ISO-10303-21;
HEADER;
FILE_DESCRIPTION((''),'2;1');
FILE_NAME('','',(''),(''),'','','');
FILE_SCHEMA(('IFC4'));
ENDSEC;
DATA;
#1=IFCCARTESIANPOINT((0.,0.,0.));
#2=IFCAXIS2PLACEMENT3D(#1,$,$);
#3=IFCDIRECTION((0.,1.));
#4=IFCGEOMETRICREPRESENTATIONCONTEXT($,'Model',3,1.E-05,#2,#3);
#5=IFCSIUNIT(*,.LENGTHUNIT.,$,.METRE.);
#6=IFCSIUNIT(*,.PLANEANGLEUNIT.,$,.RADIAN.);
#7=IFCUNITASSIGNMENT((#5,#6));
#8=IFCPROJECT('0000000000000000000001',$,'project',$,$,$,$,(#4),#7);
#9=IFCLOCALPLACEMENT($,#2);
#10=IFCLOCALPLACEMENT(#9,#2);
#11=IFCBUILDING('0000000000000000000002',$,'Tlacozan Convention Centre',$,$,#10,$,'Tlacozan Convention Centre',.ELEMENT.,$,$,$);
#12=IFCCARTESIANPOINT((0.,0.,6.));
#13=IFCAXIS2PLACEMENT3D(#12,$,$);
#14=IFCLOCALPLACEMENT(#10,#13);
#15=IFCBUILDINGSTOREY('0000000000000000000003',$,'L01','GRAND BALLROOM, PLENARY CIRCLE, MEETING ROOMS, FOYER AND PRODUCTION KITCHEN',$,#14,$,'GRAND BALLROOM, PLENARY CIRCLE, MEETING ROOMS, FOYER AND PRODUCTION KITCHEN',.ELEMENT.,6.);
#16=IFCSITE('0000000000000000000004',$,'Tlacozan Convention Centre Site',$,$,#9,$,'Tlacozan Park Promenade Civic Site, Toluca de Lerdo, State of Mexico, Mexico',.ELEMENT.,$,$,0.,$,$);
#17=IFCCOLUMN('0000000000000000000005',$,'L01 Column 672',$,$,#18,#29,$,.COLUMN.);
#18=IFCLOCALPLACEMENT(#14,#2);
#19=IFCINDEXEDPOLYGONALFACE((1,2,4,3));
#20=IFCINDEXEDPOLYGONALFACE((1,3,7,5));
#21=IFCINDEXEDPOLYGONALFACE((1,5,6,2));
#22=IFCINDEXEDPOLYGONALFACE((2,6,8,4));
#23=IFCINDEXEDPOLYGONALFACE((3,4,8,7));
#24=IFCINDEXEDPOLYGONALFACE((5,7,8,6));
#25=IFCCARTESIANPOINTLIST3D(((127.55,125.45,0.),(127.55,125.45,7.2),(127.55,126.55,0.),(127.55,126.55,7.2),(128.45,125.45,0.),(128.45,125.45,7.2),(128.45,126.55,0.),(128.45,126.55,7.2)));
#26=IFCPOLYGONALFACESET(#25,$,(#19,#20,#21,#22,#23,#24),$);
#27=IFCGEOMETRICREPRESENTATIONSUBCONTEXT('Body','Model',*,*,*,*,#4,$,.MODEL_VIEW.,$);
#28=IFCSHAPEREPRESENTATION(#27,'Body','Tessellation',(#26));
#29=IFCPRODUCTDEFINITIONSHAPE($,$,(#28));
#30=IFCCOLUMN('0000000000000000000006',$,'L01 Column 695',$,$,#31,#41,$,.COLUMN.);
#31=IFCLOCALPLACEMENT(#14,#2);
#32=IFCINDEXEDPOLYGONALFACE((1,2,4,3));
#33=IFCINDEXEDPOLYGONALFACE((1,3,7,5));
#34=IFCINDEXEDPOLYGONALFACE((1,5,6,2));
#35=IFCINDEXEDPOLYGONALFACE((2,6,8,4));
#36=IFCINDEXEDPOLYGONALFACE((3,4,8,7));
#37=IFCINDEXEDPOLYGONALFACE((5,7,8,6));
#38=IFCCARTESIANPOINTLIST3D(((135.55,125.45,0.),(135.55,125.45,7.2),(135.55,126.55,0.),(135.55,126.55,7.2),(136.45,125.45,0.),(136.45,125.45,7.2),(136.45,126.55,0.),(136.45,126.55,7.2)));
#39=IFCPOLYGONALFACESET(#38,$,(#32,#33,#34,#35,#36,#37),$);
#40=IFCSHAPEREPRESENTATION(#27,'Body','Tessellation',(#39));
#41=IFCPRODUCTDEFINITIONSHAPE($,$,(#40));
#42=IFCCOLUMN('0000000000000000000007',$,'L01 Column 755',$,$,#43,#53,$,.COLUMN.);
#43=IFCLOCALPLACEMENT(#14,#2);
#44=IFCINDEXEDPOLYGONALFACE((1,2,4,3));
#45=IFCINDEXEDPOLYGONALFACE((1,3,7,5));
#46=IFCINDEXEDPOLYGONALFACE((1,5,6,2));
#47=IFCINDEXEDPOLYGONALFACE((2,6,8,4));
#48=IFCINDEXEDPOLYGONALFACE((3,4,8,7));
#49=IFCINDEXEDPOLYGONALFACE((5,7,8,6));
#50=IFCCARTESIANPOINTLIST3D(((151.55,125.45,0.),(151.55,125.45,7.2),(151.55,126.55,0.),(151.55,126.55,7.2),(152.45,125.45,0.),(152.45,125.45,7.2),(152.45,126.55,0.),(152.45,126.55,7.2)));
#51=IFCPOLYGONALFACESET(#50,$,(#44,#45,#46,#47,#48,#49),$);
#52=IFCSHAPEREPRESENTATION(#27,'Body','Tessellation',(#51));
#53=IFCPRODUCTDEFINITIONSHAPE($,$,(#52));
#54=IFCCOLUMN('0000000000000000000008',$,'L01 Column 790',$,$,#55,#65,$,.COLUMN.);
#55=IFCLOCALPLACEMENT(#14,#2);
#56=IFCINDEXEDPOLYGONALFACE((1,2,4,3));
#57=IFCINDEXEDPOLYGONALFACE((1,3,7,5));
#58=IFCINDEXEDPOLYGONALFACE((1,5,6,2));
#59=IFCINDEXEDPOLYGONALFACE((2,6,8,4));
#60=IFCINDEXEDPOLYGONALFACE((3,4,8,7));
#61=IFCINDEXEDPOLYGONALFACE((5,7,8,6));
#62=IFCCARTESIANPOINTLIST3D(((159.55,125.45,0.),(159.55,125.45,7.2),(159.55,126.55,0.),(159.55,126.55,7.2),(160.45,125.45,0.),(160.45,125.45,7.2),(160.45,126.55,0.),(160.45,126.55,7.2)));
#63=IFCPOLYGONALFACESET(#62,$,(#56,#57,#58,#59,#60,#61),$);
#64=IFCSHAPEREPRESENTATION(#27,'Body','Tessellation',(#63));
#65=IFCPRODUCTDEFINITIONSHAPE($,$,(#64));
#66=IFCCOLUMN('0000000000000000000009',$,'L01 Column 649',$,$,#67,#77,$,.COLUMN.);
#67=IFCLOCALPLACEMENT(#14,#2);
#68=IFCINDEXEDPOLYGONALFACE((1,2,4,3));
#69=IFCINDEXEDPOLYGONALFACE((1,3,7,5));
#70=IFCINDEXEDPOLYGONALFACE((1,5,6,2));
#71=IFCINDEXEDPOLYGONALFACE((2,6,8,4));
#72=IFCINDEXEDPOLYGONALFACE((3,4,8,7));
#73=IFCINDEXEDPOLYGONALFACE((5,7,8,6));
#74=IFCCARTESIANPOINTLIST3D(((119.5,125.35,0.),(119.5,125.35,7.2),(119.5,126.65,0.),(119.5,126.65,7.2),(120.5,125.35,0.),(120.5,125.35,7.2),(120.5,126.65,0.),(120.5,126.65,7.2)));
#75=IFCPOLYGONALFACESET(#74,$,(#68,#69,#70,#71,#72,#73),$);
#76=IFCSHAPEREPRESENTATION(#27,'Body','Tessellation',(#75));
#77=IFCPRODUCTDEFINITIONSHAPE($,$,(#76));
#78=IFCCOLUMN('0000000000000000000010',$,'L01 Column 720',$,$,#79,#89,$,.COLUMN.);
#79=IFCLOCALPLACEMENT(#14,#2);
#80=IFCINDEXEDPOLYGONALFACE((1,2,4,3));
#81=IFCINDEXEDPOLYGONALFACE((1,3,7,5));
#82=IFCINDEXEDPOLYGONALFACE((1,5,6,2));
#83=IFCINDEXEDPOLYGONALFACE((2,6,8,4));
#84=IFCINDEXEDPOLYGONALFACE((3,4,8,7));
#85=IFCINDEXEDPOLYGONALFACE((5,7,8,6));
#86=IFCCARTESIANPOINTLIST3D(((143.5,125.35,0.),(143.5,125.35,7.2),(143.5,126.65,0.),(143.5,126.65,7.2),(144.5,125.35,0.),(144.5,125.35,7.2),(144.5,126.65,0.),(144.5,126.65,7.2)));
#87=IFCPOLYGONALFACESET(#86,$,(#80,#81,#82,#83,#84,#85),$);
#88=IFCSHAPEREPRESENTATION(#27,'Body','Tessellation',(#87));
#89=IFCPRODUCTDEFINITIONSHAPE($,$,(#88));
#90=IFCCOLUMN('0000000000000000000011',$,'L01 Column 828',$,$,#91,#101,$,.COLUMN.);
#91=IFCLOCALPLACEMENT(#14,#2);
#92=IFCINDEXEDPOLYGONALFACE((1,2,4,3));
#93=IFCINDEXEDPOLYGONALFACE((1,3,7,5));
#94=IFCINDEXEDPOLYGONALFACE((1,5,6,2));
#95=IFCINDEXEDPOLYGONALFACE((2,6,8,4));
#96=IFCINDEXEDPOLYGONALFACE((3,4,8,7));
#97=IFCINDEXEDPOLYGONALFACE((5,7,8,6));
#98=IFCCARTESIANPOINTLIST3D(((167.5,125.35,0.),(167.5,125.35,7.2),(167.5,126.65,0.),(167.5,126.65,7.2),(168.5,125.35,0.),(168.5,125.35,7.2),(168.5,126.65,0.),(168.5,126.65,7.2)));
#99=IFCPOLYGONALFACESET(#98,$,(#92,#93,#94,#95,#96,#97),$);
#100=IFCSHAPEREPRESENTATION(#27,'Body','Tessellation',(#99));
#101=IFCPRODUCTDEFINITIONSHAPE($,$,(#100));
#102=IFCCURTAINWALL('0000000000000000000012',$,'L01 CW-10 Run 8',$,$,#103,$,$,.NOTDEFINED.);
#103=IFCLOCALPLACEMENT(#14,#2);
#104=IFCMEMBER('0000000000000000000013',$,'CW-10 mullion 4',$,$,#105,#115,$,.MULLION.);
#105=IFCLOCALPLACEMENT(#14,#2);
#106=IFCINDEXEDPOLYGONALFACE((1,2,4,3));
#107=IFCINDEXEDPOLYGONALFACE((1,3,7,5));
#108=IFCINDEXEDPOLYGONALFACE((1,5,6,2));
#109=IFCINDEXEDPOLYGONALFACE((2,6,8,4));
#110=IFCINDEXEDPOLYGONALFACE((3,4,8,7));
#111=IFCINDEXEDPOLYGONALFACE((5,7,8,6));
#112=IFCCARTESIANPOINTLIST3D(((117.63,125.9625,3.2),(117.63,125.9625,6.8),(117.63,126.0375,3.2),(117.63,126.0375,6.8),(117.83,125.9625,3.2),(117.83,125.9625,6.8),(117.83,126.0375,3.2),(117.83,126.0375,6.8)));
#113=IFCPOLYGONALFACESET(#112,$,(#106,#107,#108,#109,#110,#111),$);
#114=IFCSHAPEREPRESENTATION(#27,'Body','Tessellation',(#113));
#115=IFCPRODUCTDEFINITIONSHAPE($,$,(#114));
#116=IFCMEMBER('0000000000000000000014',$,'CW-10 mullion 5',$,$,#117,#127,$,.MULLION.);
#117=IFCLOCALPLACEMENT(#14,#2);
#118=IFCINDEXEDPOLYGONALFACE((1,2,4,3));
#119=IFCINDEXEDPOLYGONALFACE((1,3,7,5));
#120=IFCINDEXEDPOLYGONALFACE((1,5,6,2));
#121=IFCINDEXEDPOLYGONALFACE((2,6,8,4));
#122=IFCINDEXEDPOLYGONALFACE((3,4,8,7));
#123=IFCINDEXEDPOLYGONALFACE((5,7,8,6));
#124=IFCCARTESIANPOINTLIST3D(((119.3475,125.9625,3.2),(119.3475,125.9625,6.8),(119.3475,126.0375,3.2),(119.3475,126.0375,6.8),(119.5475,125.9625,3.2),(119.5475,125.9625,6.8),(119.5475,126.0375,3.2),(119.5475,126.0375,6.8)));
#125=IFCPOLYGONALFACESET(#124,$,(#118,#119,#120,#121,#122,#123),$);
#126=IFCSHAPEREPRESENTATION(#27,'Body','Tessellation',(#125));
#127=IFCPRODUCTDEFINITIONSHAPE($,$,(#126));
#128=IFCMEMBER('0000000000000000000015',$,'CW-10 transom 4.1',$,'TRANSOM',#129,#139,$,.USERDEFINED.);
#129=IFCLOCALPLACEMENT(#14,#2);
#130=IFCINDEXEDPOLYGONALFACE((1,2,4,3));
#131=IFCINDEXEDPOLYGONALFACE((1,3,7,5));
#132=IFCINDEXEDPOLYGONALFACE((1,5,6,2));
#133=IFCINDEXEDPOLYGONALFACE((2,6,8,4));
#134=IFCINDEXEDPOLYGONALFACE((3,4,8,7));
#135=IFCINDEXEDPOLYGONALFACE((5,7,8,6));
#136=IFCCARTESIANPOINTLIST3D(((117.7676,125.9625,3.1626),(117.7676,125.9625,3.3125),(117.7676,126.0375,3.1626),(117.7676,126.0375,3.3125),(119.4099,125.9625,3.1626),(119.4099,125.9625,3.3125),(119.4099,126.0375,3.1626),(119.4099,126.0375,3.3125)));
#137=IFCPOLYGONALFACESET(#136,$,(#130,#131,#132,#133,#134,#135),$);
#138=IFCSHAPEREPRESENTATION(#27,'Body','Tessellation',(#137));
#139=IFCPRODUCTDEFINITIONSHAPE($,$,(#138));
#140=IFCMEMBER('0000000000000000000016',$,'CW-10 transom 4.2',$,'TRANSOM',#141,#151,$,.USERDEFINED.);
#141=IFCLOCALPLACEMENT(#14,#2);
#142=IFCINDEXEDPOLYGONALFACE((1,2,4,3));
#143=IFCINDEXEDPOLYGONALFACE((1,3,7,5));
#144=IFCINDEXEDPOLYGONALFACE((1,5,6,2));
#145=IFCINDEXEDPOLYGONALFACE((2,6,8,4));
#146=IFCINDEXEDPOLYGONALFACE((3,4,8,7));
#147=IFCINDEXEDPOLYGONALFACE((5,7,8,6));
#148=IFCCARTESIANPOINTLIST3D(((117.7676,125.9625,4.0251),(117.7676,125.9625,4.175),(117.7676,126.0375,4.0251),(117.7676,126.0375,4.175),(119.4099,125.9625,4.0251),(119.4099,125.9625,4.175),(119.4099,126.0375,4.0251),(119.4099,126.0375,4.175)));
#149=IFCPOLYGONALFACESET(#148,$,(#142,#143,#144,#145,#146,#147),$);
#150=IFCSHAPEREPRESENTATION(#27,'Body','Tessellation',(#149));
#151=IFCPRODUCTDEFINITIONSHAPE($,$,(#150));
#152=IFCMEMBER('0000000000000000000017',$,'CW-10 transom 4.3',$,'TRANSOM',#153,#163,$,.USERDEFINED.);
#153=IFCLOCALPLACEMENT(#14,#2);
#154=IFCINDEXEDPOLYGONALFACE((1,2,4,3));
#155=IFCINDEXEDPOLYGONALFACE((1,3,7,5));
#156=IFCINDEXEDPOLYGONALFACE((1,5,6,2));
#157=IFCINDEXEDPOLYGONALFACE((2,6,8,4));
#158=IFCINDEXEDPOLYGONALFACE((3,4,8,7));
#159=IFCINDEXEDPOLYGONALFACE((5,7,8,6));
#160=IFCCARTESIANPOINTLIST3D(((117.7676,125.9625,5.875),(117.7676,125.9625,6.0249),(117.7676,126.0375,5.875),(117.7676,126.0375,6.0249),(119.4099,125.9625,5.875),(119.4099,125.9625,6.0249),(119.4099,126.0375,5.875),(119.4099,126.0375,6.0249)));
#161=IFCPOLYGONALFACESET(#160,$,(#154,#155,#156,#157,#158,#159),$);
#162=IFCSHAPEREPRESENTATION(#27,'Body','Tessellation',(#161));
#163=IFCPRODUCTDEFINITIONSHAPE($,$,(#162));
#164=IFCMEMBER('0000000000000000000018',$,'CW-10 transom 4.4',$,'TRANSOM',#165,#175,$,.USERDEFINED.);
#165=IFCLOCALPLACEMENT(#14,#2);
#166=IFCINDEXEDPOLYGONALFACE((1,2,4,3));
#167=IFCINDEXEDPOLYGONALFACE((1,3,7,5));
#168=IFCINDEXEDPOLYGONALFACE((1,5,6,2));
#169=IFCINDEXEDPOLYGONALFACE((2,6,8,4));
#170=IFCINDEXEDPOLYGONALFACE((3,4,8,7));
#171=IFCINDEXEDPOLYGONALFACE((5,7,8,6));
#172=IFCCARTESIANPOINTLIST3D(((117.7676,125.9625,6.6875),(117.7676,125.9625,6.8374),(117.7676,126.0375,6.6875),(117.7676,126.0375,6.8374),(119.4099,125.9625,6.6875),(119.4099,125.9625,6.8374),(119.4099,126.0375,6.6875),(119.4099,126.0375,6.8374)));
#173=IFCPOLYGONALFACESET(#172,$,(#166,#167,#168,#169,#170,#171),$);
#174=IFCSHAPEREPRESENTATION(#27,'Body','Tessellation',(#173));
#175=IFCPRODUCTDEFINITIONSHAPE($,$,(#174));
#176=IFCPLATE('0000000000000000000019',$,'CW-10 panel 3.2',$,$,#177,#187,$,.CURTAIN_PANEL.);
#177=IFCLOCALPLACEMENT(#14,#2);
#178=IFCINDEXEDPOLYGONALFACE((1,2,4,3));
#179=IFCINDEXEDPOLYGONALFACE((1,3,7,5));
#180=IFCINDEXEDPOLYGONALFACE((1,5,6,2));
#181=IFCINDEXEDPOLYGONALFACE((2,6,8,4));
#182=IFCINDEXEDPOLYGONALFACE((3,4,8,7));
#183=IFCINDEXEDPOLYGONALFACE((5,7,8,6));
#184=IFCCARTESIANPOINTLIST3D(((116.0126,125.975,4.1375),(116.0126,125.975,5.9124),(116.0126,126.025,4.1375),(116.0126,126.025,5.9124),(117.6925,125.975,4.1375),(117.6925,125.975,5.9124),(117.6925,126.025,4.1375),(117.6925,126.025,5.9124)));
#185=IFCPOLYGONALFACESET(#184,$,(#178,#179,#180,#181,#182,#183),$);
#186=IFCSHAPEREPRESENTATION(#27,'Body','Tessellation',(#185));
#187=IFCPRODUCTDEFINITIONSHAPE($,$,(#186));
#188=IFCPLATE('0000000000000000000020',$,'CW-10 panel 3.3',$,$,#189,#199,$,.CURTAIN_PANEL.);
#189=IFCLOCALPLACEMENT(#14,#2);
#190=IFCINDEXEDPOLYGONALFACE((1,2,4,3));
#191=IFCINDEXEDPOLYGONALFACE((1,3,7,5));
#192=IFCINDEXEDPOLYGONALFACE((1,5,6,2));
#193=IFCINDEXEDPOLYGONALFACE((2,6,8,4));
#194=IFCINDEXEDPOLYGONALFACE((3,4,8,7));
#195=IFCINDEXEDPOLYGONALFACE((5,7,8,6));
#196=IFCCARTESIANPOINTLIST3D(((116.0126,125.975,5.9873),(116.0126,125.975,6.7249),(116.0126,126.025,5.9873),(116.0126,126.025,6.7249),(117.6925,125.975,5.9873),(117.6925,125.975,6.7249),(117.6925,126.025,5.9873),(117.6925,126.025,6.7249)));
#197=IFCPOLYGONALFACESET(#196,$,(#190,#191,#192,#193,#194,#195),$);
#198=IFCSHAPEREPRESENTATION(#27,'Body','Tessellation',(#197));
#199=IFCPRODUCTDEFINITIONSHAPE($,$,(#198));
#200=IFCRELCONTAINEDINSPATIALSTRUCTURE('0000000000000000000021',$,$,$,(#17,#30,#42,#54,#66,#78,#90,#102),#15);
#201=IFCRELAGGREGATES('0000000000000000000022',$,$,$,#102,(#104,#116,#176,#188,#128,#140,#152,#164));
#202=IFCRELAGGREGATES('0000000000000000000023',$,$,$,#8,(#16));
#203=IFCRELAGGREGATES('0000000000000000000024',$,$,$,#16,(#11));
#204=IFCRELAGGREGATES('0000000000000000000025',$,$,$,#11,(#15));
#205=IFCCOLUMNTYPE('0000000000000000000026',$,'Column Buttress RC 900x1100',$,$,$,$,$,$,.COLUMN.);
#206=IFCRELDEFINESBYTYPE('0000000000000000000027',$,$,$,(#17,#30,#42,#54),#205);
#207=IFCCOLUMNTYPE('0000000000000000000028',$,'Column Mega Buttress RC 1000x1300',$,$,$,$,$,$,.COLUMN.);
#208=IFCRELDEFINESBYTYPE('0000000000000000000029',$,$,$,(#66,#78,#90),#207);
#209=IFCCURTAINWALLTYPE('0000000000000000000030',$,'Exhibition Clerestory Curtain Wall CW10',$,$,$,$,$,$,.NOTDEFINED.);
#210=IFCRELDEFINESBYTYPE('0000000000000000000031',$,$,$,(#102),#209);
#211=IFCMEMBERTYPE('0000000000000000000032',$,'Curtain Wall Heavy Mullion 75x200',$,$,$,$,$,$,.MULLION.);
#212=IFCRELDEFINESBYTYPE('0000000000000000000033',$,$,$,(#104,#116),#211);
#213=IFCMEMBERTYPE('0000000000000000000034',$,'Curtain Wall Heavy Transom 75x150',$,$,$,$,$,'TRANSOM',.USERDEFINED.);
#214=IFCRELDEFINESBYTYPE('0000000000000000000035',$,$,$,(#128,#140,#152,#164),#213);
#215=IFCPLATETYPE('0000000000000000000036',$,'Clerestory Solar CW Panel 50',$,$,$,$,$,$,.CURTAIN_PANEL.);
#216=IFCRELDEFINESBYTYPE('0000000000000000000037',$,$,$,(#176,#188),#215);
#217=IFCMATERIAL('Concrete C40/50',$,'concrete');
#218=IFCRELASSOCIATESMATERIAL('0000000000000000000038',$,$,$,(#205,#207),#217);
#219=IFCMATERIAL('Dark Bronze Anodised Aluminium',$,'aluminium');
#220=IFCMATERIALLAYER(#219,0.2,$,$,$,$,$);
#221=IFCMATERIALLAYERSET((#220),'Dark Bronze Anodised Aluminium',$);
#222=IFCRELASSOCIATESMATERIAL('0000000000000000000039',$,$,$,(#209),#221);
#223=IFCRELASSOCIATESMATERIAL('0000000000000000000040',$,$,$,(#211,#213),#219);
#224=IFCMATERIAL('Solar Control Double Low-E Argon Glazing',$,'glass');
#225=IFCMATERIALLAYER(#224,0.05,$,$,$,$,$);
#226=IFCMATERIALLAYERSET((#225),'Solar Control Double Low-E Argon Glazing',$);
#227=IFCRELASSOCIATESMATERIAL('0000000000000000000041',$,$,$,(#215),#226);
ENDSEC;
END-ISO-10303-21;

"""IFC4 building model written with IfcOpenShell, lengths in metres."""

from ifc_helpers import new_model, si_unit, direction, frame, origin, origin_2d, place, context, subcontext, project, spatial, rectangle, extrude, material, layer, layer_set, material_profile, profile_set, type_object, element, aggregate, save


model = new_model("IFC4")

# Units and contexts
model_context = context("Model", 3, precision=1e-05, world=origin(), true_north=direction((0.0, 1.0)))
body_context = subcontext(model_context, "Body", "Model", "MODEL_VIEW")
ifc_project = project(units=[si_unit("LENGTHUNIT", "METRE"), si_unit("PLANEANGLEUNIT", "RADIAN")], contexts=[model_context])

# Site, building, storey
site_placement = place(None, origin())
site = spatial("IfcSite", under=ifc_project, at=site_placement, Name="Tlacozan Convention Centre Site", LongName="Tlacozan Park Promenade Civic Site, Toluca de Lerdo, State of Mexico, Mexico", CompositionType="ELEMENT", RefElevation=0.0)
building_placement = place(site_placement, origin())
building = spatial("IfcBuilding", under=site, at=building_placement, Name="Tlacozan Convention Centre", LongName="Tlacozan Convention Centre", CompositionType="ELEMENT")
storey_placement = place(building_placement, frame((0.0, 0.0, 6.0)))
storey = spatial("IfcBuildingStorey", under=building, at=storey_placement, Name="L01", Description="GRAND BALLROOM, PLENARY CIRCLE, MEETING ROOMS, FOYER AND PRODUCTION KITCHEN", LongName="GRAND BALLROOM, PLENARY CIRCLE, MEETING ROOMS, FOYER AND PRODUCTION KITCHEN", CompositionType="ELEMENT", Elevation=6.0)

# Columns
ifc_material_1 = material(Name="Concrete C40/50", Category="concrete")
ifc_material_profile_1 = material_profile(ifc_material_1, rectangle(XDim=0.8999, YDim=1.1001, at=origin_2d()), Name="RC 900x1100")
ifc_profile_set_1 = profile_set([ifc_material_profile_1], Name="Concrete C40/50")
column_type_1 = type_object("IfcColumnType", Name="Column Buttress RC 900x1100", PredefinedType="COLUMN", material=ifc_profile_set_1)
for number, where, z_axis, x_axis, name in (
    (1, (128.0, 126.0, 0.0), (0.0, 0.0, 1.0), (1.0, 0.0, 0.0), "L01 Column 672"),
    (2, (136.0, 126.0, 0.0), (0.0, 0.0, 1.0), (1.0, 0.0, 0.0), "L01 Column 695"),
    (3, (152.0, 126.0, 0.0), (0.0, 0.0, 1.0), (1.0, 0.0, 0.0), "L01 Column 755"),
    (4, (160.0, 126.0, 0.0), (0.0, 0.0, 1.0), (1.0, 0.0, 0.0), "L01 Column 790"),
):
    element("IfcColumn", number, at=place(storey_placement, frame(where, z_axis=z_axis, x_axis=x_axis)), inside=storey, type_object=column_type_1, Name=name, PredefinedType="COLUMN", context=body_context, shape_type="SweptSolid", body=[
        extrude(rectangle(XDim=0.8999, YDim=1.1001, at=origin_2d()), origin(), (0.0, 0.0, 1.0), 7.2),
    ])
ifc_material_profile_2 = material_profile(ifc_material_1, rectangle(XDim=1.0, YDim=1.3, at=origin_2d()), Name="RC 1000x1300")
ifc_profile_set_2 = profile_set([ifc_material_profile_2], Name="Concrete C40/50")
column_type_2 = type_object("IfcColumnType", Name="Column Mega Buttress RC 1000x1300", PredefinedType="COLUMN", material=ifc_profile_set_2)
for number, where, z_axis, x_axis, name in (
    (5, (120.0, 126.0, 0.0), (0.0, 0.0, 1.0), (1.0, 0.0, 0.0), "L01 Column 649"),
    (6, (144.0, 126.0, 0.0), (0.0, 0.0, 1.0), (1.0, 0.0, 0.0), "L01 Column 720"),
    (7, (168.0, 126.0, 0.0), (0.0, 0.0, 1.0), (1.0, 0.0, 0.0), "L01 Column 828"),
):
    element("IfcColumn", number, at=place(storey_placement, frame(where, z_axis=z_axis, x_axis=x_axis)), inside=storey, type_object=column_type_2, Name=name, PredefinedType="COLUMN", context=body_context, shape_type="SweptSolid", body=[
        extrude(rectangle(XDim=1.0, YDim=1.3, at=origin_2d()), origin(), (0.0, 0.0, 1.0), 7.2),
    ])

# Curtain wall, members, plates
ifc_material_2 = material(Name="Dark Bronze Anodised Aluminium", Category="aluminium")
ifc_layer_1 = layer(ifc_material_2, 0.2)
ifc_layer_set_1 = layer_set([ifc_layer_1], Name="Dark Bronze Anodised Aluminium")
curtain_wall_type = type_object("IfcCurtainWallType", Name="Exhibition Clerestory Curtain Wall CW10", PredefinedType="NOTDEFINED", material=ifc_layer_set_1)
curtain_wall_placement = place(storey_placement, origin())
curtain_wall = element("IfcCurtainWall", 8, at=curtain_wall_placement, inside=storey, type_object=curtain_wall_type, Name="L01 CW-10 Run 8", PredefinedType="NOTDEFINED")
ifc_material_profile_3 = material_profile(ifc_material_2, rectangle(XDim=0.075, YDim=0.2, at=origin_2d()), Name="ALU 75x200")
ifc_profile_set_3 = profile_set([ifc_material_profile_3], Name="Dark Bronze Anodised Aluminium")
member_type_1 = type_object("IfcMemberType", Name="Curtain Wall Heavy Mullion 75x200", PredefinedType="MULLION", material=ifc_profile_set_3)
member_1_placement = place(storey_placement, frame((117.73, 126.0, 3.2), z_axis=(0.0, 0.0, 1.0), x_axis=(0.0, 1.0, 0.0)))
member_1 = element("IfcMember", 9, at=member_1_placement, type_object=member_type_1, Name="CW-10 mullion 4", PredefinedType="MULLION", context=body_context, shape_type="SweptSolid", body=[
    extrude(rectangle(XDim=0.075, YDim=0.2, at=origin_2d()), origin(), (0.0, 0.0, 1.0), 3.6001),
])
member_2_placement = place(storey_placement, frame((119.4475, 126.0, 3.2), z_axis=(0.0, 0.0, 1.0), x_axis=(0.0, 1.0, 0.0)))
member_2 = element("IfcMember", 10, at=member_2_placement, type_object=member_type_1, Name="CW-10 mullion 5", PredefinedType="MULLION", context=body_context, shape_type="SweptSolid", body=[
    extrude(rectangle(XDim=0.075, YDim=0.2, at=origin_2d()), origin(), (0.0, 0.0, 1.0), 3.6001),
])
ifc_material_profile_4 = material_profile(ifc_material_2, rectangle(XDim=0.075, YDim=0.1499, at=origin_2d()), Name="ALU 75x150")
ifc_profile_set_4 = profile_set([ifc_material_profile_4], Name="Dark Bronze Anodised Aluminium")
member_type_2 = type_object("IfcMemberType", Name="Curtain Wall Heavy Transom 75x150", ElementType="TRANSOM", PredefinedType="USERDEFINED", material=ifc_profile_set_4)
member_3_placement = place(storey_placement, frame((117.7676, 126.0, 3.2375), z_axis=(1.0, 0.0, 0.0), x_axis=(0.0, 1.0, 0.0)))
member_3 = element("IfcMember", 11, at=member_3_placement, type_object=member_type_2, Name="CW-10 transom 4.1", ObjectType="TRANSOM", PredefinedType="USERDEFINED", context=body_context, shape_type="SweptSolid", body=[
    extrude(rectangle(XDim=0.075, YDim=0.1499, at=origin_2d()), origin(), (0.0, 0.0, 1.0), 1.6423),
])
member_4_placement = place(storey_placement, frame((117.7676, 126.0, 4.1001), z_axis=(1.0, 0.0, 0.0), x_axis=(0.0, 1.0, 0.0)))
member_4 = element("IfcMember", 12, at=member_4_placement, type_object=member_type_2, Name="CW-10 transom 4.2", ObjectType="TRANSOM", PredefinedType="USERDEFINED", context=body_context, shape_type="SweptSolid", body=[
    extrude(rectangle(XDim=0.075, YDim=0.1499, at=origin_2d()), origin(), (0.0, 0.0, 1.0), 1.6423),
])
member_5_placement = place(storey_placement, frame((117.7676, 126.0, 5.95), z_axis=(1.0, 0.0, 0.0), x_axis=(0.0, 1.0, 0.0)))
member_5 = element("IfcMember", 13, at=member_5_placement, type_object=member_type_2, Name="CW-10 transom 4.3", ObjectType="TRANSOM", PredefinedType="USERDEFINED", context=body_context, shape_type="SweptSolid", body=[
    extrude(rectangle(XDim=0.075, YDim=0.1499, at=origin_2d()), origin(), (0.0, 0.0, 1.0), 1.6423),
])
member_6_placement = place(storey_placement, frame((117.7676, 126.0, 6.7625), z_axis=(1.0, 0.0, 0.0), x_axis=(0.0, 1.0, 0.0)))
member_6 = element("IfcMember", 14, at=member_6_placement, type_object=member_type_2, Name="CW-10 transom 4.4", ObjectType="TRANSOM", PredefinedType="USERDEFINED", context=body_context, shape_type="SweptSolid", body=[
    extrude(rectangle(XDim=0.075, YDim=0.1499, at=origin_2d()), origin(), (0.0, 0.0, 1.0), 1.6423),
])
ifc_material_3 = material(Name="Solar Control Double Low-E Argon Glazing", Category="glass")
ifc_layer_2 = layer(ifc_material_3, 0.05)
ifc_layer_set_2 = layer_set([ifc_layer_2], Name="Solar Control Double Low-E Argon Glazing")
plate_type = type_object("IfcPlateType", Name="Clerestory Solar CW Panel 50", PredefinedType="CURTAIN_PANEL", material=ifc_layer_set_2)
plate_1_placement = place(storey_placement, frame((116.8525, 126.0, 4.1375), z_axis=(0.0, 0.0, 1.0), x_axis=(1.0, 0.0, 0.0)))
plate_1 = element("IfcPlate", 15, at=plate_1_placement, type_object=plate_type, Name="CW-10 panel 3.2", PredefinedType="CURTAIN_PANEL", context=body_context, shape_type="SweptSolid", body=[
    extrude(rectangle(XDim=1.6799, YDim=0.05, at=origin_2d()), origin(), (0.0, 0.0, 1.0), 1.7749),
])
plate_2_placement = place(storey_placement, frame((116.8525, 126.0, 5.9873), z_axis=(0.0, 0.0, 1.0), x_axis=(1.0, 0.0, 0.0)))
plate_2 = element("IfcPlate", 16, at=plate_2_placement, type_object=plate_type, Name="CW-10 panel 3.3", PredefinedType="CURTAIN_PANEL", context=body_context, shape_type="SweptSolid", body=[
    extrude(rectangle(XDim=1.6799, YDim=0.05, at=origin_2d()), origin(), (0.0, 0.0, 1.0), 0.7375),
])
aggregate(curtain_wall, [member_1, member_2, plate_1, plate_2, member_3, member_4, member_5, member_6])

save(model, "model.ifc")
